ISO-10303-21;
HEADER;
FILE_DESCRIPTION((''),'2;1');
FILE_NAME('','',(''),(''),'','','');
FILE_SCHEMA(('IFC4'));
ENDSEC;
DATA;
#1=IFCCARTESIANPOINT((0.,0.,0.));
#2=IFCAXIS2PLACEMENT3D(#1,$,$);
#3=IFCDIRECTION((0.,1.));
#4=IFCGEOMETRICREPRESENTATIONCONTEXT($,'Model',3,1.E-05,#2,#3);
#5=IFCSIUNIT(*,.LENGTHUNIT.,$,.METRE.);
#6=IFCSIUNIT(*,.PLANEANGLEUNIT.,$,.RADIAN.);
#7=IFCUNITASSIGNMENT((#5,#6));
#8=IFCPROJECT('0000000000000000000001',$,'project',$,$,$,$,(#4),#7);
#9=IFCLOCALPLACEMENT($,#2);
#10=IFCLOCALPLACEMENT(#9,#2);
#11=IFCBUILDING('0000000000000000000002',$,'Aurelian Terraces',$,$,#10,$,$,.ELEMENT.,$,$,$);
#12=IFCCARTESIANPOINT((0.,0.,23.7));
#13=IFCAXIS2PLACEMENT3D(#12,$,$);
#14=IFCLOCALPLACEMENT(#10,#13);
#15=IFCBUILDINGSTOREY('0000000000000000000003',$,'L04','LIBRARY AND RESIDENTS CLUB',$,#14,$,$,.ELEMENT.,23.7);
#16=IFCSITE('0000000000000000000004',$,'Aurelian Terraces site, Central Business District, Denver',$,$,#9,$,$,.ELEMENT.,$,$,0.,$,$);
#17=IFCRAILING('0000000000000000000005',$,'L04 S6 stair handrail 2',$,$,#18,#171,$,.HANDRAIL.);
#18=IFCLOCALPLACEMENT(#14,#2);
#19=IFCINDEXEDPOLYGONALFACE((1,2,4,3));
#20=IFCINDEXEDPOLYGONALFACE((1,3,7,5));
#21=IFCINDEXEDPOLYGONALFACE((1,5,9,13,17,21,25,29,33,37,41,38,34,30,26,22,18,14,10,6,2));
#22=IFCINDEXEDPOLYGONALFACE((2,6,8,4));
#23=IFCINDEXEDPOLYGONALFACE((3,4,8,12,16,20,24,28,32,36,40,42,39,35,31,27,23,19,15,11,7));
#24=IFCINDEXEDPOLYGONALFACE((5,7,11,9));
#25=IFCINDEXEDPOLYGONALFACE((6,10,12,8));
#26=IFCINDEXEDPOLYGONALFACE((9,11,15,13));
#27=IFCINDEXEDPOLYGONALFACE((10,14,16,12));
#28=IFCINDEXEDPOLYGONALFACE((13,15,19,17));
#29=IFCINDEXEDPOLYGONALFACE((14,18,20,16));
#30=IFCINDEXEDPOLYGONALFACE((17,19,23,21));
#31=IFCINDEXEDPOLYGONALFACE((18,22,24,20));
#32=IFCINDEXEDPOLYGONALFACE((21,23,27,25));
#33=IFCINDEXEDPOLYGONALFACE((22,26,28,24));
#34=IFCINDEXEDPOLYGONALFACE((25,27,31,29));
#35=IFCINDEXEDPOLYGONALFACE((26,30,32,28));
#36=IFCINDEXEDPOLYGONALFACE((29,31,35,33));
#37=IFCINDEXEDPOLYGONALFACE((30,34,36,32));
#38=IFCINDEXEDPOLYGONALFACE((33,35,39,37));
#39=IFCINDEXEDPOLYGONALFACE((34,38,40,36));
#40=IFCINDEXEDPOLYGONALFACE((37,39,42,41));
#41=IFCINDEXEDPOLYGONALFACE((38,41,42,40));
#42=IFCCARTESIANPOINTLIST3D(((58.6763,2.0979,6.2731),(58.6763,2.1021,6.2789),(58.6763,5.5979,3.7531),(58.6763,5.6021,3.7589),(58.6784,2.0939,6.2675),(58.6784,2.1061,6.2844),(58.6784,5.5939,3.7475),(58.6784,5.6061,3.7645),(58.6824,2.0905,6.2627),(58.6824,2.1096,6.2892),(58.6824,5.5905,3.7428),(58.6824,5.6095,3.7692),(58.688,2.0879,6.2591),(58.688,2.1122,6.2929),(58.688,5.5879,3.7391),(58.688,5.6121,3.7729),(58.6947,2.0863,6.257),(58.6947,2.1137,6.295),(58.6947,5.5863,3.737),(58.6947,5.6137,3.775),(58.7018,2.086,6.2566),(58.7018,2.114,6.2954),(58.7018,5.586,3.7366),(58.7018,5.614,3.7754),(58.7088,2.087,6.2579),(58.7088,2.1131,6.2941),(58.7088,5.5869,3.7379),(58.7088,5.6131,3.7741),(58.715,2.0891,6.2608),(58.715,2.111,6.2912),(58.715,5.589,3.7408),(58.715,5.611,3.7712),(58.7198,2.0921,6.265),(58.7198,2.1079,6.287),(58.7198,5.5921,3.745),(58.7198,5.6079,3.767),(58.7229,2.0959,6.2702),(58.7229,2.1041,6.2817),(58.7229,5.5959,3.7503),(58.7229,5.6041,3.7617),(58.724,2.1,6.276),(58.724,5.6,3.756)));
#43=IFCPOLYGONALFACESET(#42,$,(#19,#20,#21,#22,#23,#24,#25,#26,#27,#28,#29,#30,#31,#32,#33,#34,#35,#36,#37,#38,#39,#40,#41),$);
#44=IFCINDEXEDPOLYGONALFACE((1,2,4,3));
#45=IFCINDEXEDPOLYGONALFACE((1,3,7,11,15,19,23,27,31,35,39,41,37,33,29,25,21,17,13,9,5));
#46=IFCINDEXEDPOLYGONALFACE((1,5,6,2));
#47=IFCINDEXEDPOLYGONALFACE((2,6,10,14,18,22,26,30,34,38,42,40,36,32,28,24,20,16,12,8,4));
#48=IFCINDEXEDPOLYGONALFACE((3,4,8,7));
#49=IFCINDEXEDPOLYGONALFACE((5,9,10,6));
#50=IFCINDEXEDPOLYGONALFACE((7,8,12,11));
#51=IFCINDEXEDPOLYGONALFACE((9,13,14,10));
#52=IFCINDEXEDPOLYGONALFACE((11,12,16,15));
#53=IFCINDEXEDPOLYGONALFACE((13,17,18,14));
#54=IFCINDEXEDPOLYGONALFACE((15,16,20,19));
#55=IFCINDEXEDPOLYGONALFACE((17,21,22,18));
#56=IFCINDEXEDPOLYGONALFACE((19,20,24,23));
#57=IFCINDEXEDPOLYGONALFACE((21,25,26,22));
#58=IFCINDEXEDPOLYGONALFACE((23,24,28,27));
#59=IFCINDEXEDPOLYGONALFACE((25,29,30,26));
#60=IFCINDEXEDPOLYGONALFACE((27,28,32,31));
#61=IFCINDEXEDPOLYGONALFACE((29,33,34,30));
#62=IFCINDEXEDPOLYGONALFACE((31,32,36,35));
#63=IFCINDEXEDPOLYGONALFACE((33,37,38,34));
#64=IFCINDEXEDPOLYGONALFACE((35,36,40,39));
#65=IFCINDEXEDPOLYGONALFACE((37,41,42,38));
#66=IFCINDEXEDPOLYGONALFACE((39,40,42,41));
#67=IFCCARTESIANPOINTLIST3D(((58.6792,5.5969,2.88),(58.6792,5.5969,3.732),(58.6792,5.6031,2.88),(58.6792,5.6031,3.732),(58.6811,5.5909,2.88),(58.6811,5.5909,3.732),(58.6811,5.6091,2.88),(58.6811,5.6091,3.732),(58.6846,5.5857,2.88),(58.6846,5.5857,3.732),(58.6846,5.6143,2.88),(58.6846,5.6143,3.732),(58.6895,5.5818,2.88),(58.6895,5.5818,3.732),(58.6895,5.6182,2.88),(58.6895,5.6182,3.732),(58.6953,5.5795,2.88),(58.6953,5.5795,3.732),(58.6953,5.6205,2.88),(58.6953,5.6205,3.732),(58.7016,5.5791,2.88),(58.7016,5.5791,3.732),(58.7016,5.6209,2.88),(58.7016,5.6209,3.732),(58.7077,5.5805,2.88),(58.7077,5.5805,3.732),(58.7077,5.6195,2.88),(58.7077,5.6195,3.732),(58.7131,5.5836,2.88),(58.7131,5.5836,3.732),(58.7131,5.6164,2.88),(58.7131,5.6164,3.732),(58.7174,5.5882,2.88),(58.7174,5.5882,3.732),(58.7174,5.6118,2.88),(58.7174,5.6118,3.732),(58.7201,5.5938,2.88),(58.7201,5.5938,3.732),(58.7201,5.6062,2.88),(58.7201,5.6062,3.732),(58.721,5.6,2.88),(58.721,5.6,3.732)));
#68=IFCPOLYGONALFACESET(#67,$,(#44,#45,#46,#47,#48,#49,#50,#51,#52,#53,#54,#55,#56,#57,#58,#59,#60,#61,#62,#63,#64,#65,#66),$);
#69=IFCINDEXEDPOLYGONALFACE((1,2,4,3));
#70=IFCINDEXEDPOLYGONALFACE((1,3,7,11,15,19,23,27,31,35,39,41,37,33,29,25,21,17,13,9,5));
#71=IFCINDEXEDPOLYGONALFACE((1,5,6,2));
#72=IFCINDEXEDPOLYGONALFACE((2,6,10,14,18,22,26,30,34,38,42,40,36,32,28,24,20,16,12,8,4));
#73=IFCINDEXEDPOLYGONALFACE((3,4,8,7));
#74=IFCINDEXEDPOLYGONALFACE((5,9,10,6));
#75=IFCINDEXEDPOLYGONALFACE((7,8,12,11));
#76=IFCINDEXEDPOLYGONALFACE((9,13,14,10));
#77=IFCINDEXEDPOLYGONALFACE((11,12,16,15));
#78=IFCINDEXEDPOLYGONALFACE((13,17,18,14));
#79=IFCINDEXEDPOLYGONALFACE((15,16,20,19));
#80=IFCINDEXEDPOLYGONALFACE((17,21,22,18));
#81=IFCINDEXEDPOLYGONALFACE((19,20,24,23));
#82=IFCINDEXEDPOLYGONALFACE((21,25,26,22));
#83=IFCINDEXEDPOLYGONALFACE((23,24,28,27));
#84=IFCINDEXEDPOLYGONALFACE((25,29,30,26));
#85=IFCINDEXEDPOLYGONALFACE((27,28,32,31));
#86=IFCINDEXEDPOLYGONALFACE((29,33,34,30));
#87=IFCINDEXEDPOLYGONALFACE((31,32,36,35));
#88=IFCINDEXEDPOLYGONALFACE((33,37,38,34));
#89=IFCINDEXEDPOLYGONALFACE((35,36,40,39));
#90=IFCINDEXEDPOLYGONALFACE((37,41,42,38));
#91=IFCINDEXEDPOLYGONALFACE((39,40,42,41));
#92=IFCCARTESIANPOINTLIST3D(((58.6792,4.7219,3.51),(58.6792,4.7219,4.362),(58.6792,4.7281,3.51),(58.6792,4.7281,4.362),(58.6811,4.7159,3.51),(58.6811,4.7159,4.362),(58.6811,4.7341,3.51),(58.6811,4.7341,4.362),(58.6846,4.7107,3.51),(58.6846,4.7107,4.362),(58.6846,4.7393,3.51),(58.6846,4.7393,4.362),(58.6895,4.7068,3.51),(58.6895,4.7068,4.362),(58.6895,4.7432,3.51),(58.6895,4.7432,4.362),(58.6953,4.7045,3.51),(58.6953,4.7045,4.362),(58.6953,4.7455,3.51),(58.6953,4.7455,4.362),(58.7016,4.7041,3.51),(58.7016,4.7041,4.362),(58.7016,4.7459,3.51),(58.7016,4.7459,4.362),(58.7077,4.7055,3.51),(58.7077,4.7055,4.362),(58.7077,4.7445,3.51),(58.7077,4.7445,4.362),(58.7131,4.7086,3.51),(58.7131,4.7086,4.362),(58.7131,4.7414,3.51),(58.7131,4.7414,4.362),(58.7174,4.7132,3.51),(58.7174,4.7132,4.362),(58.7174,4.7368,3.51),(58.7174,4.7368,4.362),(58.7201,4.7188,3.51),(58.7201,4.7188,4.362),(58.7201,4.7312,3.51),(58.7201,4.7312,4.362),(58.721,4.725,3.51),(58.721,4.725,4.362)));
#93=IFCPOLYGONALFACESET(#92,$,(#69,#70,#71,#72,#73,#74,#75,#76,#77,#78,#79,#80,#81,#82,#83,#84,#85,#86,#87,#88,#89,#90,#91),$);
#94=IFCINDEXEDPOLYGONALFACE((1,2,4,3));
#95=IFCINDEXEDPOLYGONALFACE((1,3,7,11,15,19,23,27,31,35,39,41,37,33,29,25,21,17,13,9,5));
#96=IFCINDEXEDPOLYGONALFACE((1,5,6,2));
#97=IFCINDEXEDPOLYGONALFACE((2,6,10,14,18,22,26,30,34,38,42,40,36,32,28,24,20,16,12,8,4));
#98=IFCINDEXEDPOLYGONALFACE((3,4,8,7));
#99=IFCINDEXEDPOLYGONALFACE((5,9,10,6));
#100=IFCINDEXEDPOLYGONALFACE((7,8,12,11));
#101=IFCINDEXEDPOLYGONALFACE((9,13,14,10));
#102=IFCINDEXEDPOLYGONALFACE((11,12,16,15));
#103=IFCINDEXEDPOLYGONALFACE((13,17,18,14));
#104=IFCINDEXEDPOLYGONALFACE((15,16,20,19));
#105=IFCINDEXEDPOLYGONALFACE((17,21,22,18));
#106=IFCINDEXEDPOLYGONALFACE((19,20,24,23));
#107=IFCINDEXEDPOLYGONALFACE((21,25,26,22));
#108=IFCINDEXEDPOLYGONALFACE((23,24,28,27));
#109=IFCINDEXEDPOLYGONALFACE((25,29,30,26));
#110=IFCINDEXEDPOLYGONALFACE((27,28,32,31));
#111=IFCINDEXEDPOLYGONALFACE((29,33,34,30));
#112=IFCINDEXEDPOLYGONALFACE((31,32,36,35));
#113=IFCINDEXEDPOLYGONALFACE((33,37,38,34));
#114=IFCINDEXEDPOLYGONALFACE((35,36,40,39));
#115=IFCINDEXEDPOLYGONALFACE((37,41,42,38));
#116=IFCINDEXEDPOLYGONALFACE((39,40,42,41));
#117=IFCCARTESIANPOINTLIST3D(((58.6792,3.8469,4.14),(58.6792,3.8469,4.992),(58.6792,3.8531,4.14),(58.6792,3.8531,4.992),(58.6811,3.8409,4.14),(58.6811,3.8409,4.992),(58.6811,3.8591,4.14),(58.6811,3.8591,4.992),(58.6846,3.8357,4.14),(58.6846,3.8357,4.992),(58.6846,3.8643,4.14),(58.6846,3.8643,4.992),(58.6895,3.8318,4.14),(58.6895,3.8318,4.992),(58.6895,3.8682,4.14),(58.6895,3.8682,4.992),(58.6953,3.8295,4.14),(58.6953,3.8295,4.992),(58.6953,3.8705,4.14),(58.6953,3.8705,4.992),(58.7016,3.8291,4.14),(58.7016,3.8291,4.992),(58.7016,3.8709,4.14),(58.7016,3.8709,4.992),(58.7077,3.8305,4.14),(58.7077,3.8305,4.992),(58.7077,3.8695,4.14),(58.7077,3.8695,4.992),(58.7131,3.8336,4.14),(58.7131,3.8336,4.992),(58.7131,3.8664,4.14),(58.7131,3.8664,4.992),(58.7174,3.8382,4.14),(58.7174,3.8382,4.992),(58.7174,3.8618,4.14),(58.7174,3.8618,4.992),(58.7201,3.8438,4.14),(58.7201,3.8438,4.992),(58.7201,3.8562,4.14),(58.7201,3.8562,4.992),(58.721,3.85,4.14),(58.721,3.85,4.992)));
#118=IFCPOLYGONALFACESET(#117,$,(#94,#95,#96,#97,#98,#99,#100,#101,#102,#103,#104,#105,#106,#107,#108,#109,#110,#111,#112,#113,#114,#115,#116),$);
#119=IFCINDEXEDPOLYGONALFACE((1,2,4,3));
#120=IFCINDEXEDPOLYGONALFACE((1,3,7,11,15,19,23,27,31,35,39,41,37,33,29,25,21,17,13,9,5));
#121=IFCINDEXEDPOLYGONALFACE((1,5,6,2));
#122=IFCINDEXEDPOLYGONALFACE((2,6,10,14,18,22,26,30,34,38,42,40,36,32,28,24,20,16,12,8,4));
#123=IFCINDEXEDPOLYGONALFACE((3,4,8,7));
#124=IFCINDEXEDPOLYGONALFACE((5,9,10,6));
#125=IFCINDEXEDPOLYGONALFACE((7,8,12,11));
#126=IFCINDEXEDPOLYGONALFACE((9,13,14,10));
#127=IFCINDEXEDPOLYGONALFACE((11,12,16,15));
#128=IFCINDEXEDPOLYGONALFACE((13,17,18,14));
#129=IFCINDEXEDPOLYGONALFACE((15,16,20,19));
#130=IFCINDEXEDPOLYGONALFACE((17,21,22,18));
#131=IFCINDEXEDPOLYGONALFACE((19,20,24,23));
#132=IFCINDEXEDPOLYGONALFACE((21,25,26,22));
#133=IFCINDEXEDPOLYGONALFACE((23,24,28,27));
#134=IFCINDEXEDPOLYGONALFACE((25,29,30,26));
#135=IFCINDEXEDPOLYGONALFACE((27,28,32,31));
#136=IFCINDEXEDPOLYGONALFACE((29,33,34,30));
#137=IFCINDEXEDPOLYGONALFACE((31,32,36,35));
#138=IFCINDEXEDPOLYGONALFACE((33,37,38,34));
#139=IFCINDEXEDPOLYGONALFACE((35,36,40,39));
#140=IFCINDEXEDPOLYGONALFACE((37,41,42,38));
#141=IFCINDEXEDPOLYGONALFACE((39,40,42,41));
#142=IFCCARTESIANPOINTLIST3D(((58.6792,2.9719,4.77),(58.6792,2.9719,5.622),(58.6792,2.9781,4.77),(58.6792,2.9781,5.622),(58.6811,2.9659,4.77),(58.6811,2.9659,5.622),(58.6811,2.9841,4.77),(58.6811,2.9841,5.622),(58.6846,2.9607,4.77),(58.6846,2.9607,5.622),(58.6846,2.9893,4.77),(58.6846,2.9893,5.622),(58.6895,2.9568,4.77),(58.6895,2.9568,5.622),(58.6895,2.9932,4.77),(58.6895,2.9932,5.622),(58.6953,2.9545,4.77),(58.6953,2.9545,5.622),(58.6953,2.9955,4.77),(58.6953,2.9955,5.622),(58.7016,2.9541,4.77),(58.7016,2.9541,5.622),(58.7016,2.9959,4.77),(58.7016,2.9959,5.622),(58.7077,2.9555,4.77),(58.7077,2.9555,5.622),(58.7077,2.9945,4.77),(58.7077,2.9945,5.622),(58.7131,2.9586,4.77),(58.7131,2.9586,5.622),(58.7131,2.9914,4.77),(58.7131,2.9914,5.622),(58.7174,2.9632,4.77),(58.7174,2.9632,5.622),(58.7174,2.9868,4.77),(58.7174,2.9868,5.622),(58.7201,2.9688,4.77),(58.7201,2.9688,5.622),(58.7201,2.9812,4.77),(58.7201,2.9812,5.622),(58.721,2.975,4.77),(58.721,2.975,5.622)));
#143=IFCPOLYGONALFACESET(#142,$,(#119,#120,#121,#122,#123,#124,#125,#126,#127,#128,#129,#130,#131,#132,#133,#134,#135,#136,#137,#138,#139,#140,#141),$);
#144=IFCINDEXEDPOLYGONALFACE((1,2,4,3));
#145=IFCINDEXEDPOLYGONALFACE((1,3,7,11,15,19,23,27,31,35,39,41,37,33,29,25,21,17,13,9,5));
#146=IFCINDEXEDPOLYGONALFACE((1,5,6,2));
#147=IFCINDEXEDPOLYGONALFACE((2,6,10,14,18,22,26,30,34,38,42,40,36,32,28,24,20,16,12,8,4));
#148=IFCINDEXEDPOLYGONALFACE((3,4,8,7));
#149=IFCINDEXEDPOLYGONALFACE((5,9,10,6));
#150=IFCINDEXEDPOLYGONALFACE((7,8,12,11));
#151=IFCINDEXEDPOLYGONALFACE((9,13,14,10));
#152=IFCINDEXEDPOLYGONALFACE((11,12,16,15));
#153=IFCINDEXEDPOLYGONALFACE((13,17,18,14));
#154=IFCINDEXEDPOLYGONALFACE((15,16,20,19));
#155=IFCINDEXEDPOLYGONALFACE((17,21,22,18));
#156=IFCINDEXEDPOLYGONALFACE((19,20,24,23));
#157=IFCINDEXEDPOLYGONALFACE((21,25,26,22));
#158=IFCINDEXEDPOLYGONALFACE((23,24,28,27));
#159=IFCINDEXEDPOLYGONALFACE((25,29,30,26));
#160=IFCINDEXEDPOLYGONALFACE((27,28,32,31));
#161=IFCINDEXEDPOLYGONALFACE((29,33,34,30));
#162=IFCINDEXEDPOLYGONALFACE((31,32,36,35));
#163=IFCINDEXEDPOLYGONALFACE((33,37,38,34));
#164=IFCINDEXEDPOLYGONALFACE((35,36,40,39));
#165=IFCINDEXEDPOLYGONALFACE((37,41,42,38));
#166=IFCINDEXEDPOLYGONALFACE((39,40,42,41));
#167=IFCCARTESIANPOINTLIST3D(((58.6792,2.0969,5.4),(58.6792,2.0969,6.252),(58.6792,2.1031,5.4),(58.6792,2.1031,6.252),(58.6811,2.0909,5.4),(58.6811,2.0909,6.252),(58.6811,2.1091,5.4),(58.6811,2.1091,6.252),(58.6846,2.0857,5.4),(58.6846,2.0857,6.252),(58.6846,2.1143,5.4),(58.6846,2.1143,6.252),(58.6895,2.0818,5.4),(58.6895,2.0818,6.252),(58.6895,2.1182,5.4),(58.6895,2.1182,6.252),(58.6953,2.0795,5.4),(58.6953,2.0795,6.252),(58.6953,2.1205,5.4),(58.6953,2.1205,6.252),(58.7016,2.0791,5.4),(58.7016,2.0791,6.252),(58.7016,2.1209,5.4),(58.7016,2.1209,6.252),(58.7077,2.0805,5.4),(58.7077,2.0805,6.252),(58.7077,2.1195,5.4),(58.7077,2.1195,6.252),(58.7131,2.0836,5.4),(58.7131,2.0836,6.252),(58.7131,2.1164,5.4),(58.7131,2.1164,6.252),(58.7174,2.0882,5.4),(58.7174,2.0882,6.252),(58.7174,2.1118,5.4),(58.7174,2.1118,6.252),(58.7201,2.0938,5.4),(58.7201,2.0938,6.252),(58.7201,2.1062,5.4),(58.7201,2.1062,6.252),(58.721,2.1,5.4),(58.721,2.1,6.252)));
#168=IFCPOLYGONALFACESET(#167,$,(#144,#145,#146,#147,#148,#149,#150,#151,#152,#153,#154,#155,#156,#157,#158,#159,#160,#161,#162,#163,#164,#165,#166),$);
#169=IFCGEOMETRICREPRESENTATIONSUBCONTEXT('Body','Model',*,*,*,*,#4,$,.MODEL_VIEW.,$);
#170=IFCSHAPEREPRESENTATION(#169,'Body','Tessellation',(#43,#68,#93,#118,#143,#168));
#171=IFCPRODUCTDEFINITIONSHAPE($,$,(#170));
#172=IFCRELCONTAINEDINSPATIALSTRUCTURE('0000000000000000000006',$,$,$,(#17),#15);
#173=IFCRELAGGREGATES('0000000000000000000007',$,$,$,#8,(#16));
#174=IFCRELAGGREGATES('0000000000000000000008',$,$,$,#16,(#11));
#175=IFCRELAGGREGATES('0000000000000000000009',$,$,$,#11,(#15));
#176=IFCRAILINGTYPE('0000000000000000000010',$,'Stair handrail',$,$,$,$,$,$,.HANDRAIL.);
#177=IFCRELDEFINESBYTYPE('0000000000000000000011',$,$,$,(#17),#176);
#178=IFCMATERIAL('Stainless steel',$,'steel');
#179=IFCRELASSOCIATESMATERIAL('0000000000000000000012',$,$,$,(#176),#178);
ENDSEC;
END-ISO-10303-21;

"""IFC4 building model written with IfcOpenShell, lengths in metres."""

from ifc_helpers import new_model, si_unit, direction, frame, origin, origin_2d, place, context, subcontext, project, spatial, circle, extrude, source, transform, mapped, material, type_object, element, save


model = new_model("IFC4")

# Units and contexts
model_context = context("Model", 3, precision=1e-05, world=origin(), true_north=direction((0.0, 1.0)))
body_context = subcontext(model_context, "Body", "Model", "MODEL_VIEW")
ifc_project = project(units=[si_unit("LENGTHUNIT", "METRE"), si_unit("PLANEANGLEUNIT", "RADIAN")], contexts=[model_context])

# Site, building, storey
site_placement = place(None, origin())
site = spatial("IfcSite", under=ifc_project, at=site_placement, Name="Aurelian Terraces site, Central Business District, Denver", CompositionType="ELEMENT", RefElevation=0.0)
building_placement = place(site_placement, origin())
building = spatial("IfcBuilding", under=site, at=building_placement, Name="Aurelian Terraces", CompositionType="ELEMENT")
storey_placement = place(building_placement, frame((0.0, 0.0, 23.7)))
storey = spatial("IfcBuildingStorey", under=building, at=storey_placement, Name="L04", Description="LIBRARY AND RESIDENTS CLUB", CompositionType="ELEMENT", Elevation=23.7)

# Railing
ifc_material_1 = material(Name="Stainless steel", Category="steel")
railing_type_1 = type_object("IfcRailingType", Name="Stair handrail", PredefinedType="HANDRAIL", material=ifc_material_1)
shared_shape_1 = source(origin(), body_context, "Body", "SweptSolid", [
    extrude(circle(Radius=0.024, at=origin_2d()), frame((0.0, 0.0, 0.876), z_axis=(0.0, -0.811534, 0.584305), x_axis=(1.0, 0.0, 0.0)), (0.0, 0.0, 1.0), 4.3128),
    extrude(circle(Radius=0.021, at=origin_2d()), origin(), (0.0, 0.0, 1.0), 0.852),
    extrude(circle(Radius=0.021, at=origin_2d()), frame((0.0, -0.875, 0.63)), (0.0, 0.0, 1.0), 0.852),
    extrude(circle(Radius=0.021, at=origin_2d()), frame((0.0, -1.75, 1.26)), (0.0, 0.0, 1.0), 0.852),
    extrude(circle(Radius=0.021, at=origin_2d()), frame((0.0, -2.625, 1.89)), (0.0, 0.0, 1.0), 0.852),
    extrude(circle(Radius=0.021, at=origin_2d()), frame((0.0, -3.5, 2.52)), (0.0, 0.0, 1.0), 0.852),
])
railing_1_placement = place(storey_placement, frame((58.7, 5.6, 2.88)))
element("IfcRailing", 1, at=railing_1_placement, inside=storey, type_object=railing_type_1, Name="L04 S6 stair handrail 2", PredefinedType="HANDRAIL", context=body_context, shape_type="MappedRepresentation", body=[
    mapped(shared_shape_1, transform((0.0, 0.0, 0.0), scale=1.0)),
])

save(model, "model.ifc")
